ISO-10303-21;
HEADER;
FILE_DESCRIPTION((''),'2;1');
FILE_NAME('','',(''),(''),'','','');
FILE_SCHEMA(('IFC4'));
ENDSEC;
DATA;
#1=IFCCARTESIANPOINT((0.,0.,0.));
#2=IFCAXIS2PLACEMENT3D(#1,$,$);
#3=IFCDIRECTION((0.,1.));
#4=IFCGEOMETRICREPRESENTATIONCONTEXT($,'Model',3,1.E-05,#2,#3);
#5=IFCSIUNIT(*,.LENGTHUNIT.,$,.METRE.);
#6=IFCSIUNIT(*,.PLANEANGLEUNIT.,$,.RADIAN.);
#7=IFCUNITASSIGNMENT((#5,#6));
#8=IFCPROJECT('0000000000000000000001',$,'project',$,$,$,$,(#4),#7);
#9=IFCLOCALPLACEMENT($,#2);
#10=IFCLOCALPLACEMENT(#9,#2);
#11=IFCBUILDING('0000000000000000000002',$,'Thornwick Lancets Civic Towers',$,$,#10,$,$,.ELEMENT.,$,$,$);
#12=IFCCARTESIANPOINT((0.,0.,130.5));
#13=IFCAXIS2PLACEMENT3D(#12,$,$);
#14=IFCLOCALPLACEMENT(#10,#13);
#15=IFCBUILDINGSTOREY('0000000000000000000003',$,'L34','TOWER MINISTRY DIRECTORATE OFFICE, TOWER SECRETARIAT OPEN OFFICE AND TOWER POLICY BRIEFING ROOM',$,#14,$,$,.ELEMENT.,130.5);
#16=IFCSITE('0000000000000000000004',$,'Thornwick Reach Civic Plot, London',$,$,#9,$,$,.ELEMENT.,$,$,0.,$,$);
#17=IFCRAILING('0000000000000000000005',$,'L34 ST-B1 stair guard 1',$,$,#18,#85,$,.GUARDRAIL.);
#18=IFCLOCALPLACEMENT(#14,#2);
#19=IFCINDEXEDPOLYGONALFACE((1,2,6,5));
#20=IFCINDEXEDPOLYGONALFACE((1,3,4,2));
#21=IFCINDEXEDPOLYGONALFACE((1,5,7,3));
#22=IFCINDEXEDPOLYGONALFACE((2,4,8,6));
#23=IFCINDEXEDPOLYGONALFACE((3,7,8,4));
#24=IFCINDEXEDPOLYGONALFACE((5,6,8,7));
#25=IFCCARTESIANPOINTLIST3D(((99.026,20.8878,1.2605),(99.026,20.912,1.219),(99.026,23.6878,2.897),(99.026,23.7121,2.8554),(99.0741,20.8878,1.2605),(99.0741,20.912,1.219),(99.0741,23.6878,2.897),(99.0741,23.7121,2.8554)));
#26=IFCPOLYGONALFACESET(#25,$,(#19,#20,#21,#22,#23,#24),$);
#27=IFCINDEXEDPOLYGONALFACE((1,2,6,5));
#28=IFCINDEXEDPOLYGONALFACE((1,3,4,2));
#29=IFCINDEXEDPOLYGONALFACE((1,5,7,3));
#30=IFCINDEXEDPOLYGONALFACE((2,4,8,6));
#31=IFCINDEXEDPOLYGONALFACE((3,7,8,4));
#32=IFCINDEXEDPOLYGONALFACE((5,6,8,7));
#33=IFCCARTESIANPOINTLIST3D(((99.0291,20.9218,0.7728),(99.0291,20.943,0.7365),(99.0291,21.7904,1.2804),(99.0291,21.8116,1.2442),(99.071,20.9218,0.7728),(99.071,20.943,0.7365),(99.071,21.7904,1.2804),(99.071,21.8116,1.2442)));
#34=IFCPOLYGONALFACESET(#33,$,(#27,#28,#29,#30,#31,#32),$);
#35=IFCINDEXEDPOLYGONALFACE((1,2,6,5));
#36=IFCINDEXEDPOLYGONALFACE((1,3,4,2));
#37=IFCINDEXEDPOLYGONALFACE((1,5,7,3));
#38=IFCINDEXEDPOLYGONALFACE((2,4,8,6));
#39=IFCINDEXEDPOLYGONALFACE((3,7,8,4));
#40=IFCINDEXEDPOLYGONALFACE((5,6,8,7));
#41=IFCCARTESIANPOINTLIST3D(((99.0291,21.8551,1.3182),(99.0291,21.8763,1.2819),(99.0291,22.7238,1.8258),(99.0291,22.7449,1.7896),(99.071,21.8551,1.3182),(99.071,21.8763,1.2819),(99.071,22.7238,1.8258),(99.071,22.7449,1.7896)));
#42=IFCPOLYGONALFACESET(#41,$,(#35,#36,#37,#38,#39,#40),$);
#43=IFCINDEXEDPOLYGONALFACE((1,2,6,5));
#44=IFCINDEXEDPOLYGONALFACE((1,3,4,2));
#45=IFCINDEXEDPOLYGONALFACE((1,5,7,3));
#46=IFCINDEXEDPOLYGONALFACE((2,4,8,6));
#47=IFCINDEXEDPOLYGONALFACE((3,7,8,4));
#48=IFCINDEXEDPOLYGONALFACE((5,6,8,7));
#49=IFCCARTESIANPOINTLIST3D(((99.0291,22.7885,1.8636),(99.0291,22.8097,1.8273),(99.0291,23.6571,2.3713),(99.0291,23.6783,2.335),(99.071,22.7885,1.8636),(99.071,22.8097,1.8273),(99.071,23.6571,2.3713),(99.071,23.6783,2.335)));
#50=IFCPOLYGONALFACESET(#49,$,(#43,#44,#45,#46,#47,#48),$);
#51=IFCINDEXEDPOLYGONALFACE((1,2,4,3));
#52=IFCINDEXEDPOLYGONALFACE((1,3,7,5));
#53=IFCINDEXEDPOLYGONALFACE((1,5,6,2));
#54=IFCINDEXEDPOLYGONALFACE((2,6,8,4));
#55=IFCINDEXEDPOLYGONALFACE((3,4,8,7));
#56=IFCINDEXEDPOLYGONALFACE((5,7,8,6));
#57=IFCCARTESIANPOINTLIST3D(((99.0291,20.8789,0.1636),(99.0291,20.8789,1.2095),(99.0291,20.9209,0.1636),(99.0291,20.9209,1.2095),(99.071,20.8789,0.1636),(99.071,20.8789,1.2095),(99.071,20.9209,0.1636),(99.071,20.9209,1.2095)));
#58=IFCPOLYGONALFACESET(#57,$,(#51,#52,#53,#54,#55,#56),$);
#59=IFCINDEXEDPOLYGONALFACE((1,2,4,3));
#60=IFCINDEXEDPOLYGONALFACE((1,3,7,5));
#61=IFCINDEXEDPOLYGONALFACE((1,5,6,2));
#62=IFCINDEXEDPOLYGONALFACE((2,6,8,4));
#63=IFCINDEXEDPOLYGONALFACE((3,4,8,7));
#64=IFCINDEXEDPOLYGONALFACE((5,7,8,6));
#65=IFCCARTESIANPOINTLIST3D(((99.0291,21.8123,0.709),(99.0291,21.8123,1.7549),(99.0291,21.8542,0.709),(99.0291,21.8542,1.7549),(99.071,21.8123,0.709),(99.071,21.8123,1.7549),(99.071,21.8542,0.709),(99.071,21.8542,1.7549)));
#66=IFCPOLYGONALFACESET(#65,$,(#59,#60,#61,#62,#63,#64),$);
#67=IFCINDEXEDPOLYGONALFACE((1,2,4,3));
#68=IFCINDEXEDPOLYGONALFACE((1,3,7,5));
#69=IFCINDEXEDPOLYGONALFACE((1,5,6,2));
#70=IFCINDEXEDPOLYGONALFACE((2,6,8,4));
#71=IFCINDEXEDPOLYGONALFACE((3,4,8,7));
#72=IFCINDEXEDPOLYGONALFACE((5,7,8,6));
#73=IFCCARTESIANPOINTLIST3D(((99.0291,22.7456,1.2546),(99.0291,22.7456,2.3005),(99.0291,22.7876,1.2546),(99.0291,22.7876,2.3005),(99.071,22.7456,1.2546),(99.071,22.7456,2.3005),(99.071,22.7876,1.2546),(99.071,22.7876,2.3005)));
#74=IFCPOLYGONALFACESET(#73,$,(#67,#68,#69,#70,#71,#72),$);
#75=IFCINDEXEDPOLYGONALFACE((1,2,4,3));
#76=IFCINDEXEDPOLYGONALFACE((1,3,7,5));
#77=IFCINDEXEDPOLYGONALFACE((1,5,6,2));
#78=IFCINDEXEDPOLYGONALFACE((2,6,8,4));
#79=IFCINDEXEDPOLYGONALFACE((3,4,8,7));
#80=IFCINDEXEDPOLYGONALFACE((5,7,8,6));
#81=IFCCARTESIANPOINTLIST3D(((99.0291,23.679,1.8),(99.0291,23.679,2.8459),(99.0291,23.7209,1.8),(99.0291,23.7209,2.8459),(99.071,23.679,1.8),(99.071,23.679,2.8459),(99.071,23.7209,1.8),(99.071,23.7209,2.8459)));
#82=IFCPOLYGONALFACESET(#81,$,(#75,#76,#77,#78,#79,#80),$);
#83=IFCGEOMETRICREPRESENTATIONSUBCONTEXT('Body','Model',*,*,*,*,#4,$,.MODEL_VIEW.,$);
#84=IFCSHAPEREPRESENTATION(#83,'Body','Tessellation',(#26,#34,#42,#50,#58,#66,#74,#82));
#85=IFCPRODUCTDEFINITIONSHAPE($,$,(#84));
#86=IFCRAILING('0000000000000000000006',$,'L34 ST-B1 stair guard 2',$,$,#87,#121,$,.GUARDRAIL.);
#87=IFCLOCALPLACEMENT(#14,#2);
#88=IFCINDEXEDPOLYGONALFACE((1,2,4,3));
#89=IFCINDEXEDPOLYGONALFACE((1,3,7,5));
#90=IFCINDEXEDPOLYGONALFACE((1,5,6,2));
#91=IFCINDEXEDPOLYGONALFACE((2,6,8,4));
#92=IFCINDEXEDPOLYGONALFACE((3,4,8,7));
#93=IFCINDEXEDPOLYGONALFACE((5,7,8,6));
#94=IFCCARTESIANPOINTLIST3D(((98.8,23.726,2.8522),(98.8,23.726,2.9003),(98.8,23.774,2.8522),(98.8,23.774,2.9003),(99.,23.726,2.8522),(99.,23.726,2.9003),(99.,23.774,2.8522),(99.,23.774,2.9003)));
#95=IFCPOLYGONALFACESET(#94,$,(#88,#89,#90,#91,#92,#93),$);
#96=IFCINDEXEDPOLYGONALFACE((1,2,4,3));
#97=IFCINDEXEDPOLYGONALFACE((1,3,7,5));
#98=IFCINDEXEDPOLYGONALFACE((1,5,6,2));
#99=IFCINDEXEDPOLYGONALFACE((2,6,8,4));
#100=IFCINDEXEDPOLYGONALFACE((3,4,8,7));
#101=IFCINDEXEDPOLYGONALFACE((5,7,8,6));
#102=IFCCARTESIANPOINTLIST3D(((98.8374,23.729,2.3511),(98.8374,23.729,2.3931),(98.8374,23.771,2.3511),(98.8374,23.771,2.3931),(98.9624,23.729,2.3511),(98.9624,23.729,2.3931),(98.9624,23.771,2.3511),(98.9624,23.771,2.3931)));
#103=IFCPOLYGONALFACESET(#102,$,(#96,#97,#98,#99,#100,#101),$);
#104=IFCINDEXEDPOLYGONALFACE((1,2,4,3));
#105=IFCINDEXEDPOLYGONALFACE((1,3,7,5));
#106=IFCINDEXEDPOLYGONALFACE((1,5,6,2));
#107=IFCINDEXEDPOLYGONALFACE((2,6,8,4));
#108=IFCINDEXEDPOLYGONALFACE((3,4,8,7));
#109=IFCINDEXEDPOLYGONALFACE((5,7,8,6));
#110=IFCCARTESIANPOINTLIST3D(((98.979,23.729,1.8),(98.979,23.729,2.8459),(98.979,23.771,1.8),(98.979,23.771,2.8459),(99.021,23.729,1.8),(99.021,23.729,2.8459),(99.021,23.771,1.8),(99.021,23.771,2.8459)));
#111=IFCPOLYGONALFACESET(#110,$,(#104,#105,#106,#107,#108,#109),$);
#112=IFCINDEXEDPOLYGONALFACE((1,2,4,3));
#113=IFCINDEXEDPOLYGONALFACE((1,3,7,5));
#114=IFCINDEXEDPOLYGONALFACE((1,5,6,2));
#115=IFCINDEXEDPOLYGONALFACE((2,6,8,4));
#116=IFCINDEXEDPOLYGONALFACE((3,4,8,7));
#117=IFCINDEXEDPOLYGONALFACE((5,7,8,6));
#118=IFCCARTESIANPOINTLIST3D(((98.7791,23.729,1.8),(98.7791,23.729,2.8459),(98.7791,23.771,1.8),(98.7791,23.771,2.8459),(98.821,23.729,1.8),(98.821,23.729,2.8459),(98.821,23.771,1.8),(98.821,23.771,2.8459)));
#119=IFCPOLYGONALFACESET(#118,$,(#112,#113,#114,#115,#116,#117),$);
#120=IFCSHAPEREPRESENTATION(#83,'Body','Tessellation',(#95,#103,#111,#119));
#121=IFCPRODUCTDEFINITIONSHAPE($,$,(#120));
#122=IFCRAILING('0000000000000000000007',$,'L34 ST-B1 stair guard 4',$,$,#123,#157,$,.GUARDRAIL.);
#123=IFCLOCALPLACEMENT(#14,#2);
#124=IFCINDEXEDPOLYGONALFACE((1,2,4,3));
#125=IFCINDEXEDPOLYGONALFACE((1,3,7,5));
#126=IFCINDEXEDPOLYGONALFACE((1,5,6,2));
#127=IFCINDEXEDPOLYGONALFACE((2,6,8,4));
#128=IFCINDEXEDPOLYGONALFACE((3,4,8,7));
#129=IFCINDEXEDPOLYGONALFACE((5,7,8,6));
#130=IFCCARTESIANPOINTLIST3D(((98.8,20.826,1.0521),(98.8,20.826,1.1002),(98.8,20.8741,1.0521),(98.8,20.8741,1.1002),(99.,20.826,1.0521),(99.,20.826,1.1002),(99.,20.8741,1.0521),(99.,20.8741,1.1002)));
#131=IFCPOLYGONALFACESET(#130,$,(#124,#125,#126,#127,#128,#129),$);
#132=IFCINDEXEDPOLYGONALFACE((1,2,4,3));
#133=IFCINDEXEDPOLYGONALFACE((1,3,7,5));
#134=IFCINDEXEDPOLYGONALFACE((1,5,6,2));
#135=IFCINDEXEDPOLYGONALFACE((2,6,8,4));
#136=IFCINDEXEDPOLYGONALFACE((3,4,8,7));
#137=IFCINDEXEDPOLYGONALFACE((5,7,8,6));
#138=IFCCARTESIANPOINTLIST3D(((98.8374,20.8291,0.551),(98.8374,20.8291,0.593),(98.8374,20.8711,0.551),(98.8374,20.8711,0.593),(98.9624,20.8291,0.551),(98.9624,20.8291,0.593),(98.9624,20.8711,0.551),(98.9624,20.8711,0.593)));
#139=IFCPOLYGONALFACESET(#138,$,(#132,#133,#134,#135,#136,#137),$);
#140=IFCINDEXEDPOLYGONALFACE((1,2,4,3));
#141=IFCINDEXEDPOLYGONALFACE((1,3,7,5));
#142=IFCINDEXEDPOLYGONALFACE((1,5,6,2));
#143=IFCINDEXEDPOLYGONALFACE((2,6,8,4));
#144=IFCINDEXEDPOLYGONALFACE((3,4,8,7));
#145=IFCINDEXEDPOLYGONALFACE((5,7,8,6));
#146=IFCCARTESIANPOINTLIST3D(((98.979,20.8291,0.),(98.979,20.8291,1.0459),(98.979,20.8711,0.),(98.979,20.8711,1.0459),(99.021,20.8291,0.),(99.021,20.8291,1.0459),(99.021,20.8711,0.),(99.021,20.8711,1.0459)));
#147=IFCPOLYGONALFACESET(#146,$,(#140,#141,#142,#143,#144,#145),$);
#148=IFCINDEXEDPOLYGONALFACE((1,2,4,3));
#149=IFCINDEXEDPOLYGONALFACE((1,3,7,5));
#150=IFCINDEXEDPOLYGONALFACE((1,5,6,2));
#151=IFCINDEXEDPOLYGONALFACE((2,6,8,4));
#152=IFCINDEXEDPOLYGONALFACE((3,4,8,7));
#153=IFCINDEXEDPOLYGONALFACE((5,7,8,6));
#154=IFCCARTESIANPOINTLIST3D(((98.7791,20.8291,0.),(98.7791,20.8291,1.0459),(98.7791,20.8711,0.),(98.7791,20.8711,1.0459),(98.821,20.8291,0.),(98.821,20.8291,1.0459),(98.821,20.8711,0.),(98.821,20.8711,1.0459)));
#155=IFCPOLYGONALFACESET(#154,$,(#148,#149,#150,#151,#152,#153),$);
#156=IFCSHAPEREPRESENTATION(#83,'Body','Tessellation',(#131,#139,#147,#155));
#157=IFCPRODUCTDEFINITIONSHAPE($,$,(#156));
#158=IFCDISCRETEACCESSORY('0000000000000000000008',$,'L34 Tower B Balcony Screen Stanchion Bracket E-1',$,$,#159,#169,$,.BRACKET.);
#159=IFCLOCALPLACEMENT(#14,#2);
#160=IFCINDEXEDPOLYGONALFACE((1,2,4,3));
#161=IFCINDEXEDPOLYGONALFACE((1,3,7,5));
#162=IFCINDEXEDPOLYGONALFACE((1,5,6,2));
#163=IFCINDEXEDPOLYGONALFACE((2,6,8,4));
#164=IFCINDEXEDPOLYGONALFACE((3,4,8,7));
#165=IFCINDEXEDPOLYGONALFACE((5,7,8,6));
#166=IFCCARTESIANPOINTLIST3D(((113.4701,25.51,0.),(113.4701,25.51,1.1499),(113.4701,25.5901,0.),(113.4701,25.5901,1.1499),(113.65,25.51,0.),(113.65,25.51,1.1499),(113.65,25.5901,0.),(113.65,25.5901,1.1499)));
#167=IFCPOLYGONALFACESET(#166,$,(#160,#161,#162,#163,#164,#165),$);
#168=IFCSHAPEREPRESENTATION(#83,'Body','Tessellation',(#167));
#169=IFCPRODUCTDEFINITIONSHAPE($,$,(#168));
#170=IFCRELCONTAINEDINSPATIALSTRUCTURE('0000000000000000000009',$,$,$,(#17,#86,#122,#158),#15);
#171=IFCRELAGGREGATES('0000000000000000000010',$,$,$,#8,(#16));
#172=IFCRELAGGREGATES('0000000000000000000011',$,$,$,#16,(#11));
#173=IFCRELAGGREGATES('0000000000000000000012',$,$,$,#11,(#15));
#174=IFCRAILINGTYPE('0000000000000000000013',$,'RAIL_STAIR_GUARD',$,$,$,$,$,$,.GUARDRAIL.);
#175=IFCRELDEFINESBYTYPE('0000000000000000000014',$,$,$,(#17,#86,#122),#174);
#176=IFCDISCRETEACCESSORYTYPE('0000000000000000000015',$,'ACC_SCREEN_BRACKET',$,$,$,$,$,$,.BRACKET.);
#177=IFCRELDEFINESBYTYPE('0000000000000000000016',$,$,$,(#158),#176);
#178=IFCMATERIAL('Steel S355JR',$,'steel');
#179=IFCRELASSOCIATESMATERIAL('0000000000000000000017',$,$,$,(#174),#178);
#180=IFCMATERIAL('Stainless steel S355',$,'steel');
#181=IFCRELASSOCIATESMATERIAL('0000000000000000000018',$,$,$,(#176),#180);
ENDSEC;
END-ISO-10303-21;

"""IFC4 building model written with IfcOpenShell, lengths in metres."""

from ifc_helpers import new_model, si_unit, direction, frame, origin, origin_2d, place, context, subcontext, project, spatial, rectangle, extrude, material, type_object, element, save


model = new_model("IFC4")

# Units and contexts
model_context = context("Model", 3, precision=1e-05, world=origin(), true_north=direction((0.0, 1.0)))
body_context = subcontext(model_context, "Body", "Model", "MODEL_VIEW")
ifc_project = project(units=[si_unit("LENGTHUNIT", "METRE"), si_unit("PLANEANGLEUNIT", "RADIAN")], contexts=[model_context])

# Site, building, storey
site_placement = place(None, origin())
site = spatial("IfcSite", under=ifc_project, at=site_placement, Name="Thornwick Reach Civic Plot, London", CompositionType="ELEMENT", RefElevation=0.0)
building_placement = place(site_placement, origin())
building = spatial("IfcBuilding", under=site, at=building_placement, Name="Thornwick Lancets Civic Towers", CompositionType="ELEMENT")
storey_placement = place(building_placement, frame((0.0, 0.0, 130.5)))
storey = spatial("IfcBuildingStorey", under=building, at=storey_placement, Name="L34", Description="TOWER MINISTRY DIRECTORATE OFFICE, TOWER SECRETARIAT OPEN OFFICE AND TOWER POLICY BRIEFING ROOM", CompositionType="ELEMENT", Elevation=130.5)

# Shared definitions
ifc_material_1 = material(Name="Steel S355JR", Category="steel")

# Railings
railing_type_1 = type_object("IfcRailingType", Name="RAIL_STAIR_GUARD", PredefinedType="GUARDRAIL", material=ifc_material_1)
railing_1_placement = place(storey_placement, frame((99.05, 20.8999, 0.1636)))
element("IfcRailing", 1, at=railing_1_placement, inside=storey, type_object=railing_type_1, Name="L34 ST-B1 stair guard 1", PredefinedType="GUARDRAIL", context=body_context, shape_type="SweptSolid", body=[
    extrude(rectangle(XDim=0.0481, YDim=0.0481, at=origin_2d()), frame((0.0, 0.0, 1.0762), z_axis=(0.0, 0.863361, 0.504587), x_axis=(-1.0, 0.0, 0.0)), (0.0, 0.0, 1.0), 3.2432),
    extrude(rectangle(XDim=0.042, YDim=0.042, at=origin_2d()), frame((0.0, 0.0325, 0.5911), z_axis=(0.0, 0.863361, 0.504587), x_axis=(-1.0, 0.0, 0.0)), (0.0, 0.0, 1.0), 1.0061),
    extrude(rectangle(XDim=0.042, YDim=0.042, at=origin_2d()), frame((0.0, 0.9658, 1.1365), z_axis=(0.0, 0.863361, 0.504587), x_axis=(-1.0, 0.0, 0.0)), (0.0, 0.0, 1.0), 1.0061),
    extrude(rectangle(XDim=0.042, YDim=0.042, at=origin_2d()), frame((0.0, 1.8992, 1.6819), z_axis=(0.0, 0.863361, 0.504587), x_axis=(-1.0, 0.0, 0.0)), (0.0, 0.0, 1.0), 1.0061),
    extrude(rectangle(XDim=0.042, YDim=0.042, at=origin_2d()), origin(), (0.0, 0.0, 1.0), 1.0459),
    extrude(rectangle(XDim=0.042, YDim=0.042, at=origin_2d()), frame((0.0, 0.9333, 0.5454)), (0.0, 0.0, 1.0), 1.0459),
    extrude(rectangle(XDim=0.042, YDim=0.042, at=origin_2d()), frame((0.0, 1.8667, 1.0911)), (0.0, 0.0, 1.0), 1.0459),
    extrude(rectangle(XDim=0.042, YDim=0.042, at=origin_2d()), frame((0.0, 2.8, 1.6365)), (0.0, 0.0, 1.0), 1.0459),
])
for number, where, name in (
    (2, (99.0, 23.75, 1.8), "L34 ST-B1 stair guard 2"),
    (3, (99.0, 20.8501, 0.0), "L34 ST-B1 stair guard 4"),
):
    element("IfcRailing", number, at=place(storey_placement, frame(where)), inside=storey, type_object=railing_type_1, Name=name, PredefinedType="GUARDRAIL", context=body_context, shape_type="SweptSolid", body=[
        extrude(rectangle(XDim=0.0481, YDim=0.0481, at=origin_2d()), frame((0.0, 0.0, 1.0762), z_axis=(-1.0, 0.0, 0.0), x_axis=(0.0, -1.0, 0.0)), (0.0, 0.0, 1.0), 0.2),
        extrude(rectangle(XDim=0.042, YDim=0.042, at=origin_2d()), frame((-0.0376, 0.0, 0.572), z_axis=(-1.0, 0.0, 0.0), x_axis=(0.0, -1.0, 0.0)), (0.0, 0.0, 1.0), 0.125),
        extrude(rectangle(XDim=0.042, YDim=0.042, at=origin_2d()), origin(), (0.0, 0.0, 1.0), 1.0459),
        extrude(rectangle(XDim=0.042, YDim=0.042, at=origin_2d()), frame((-0.2, 0.0, 0.0)), (0.0, 0.0, 1.0), 1.0459),
    ])

# Discrete accessory
ifc_material_2 = material(Name="Stainless steel S355", Category="steel")
discrete_accessory_type = type_object("IfcDiscreteAccessoryType", Name="ACC_SCREEN_BRACKET", PredefinedType="BRACKET", material=ifc_material_2)
discrete_accessory_placement = place(storey_placement, frame((113.5601, 25.55, 0.0), z_axis=(0.0, 0.0, 1.0), x_axis=(0.0, 1.0, 0.0)))
element("IfcDiscreteAccessory", 4, at=discrete_accessory_placement, inside=storey, type_object=discrete_accessory_type, Name="L34 Tower B Balcony Screen Stanchion Bracket E-1", PredefinedType="BRACKET", context=body_context, shape_type="SweptSolid", body=[
    extrude(rectangle(XDim=0.0801, YDim=0.1799, at=origin_2d()), origin(), (0.0, 0.0, 1.0), 1.1499),
])

save(model, "model.ifc")
